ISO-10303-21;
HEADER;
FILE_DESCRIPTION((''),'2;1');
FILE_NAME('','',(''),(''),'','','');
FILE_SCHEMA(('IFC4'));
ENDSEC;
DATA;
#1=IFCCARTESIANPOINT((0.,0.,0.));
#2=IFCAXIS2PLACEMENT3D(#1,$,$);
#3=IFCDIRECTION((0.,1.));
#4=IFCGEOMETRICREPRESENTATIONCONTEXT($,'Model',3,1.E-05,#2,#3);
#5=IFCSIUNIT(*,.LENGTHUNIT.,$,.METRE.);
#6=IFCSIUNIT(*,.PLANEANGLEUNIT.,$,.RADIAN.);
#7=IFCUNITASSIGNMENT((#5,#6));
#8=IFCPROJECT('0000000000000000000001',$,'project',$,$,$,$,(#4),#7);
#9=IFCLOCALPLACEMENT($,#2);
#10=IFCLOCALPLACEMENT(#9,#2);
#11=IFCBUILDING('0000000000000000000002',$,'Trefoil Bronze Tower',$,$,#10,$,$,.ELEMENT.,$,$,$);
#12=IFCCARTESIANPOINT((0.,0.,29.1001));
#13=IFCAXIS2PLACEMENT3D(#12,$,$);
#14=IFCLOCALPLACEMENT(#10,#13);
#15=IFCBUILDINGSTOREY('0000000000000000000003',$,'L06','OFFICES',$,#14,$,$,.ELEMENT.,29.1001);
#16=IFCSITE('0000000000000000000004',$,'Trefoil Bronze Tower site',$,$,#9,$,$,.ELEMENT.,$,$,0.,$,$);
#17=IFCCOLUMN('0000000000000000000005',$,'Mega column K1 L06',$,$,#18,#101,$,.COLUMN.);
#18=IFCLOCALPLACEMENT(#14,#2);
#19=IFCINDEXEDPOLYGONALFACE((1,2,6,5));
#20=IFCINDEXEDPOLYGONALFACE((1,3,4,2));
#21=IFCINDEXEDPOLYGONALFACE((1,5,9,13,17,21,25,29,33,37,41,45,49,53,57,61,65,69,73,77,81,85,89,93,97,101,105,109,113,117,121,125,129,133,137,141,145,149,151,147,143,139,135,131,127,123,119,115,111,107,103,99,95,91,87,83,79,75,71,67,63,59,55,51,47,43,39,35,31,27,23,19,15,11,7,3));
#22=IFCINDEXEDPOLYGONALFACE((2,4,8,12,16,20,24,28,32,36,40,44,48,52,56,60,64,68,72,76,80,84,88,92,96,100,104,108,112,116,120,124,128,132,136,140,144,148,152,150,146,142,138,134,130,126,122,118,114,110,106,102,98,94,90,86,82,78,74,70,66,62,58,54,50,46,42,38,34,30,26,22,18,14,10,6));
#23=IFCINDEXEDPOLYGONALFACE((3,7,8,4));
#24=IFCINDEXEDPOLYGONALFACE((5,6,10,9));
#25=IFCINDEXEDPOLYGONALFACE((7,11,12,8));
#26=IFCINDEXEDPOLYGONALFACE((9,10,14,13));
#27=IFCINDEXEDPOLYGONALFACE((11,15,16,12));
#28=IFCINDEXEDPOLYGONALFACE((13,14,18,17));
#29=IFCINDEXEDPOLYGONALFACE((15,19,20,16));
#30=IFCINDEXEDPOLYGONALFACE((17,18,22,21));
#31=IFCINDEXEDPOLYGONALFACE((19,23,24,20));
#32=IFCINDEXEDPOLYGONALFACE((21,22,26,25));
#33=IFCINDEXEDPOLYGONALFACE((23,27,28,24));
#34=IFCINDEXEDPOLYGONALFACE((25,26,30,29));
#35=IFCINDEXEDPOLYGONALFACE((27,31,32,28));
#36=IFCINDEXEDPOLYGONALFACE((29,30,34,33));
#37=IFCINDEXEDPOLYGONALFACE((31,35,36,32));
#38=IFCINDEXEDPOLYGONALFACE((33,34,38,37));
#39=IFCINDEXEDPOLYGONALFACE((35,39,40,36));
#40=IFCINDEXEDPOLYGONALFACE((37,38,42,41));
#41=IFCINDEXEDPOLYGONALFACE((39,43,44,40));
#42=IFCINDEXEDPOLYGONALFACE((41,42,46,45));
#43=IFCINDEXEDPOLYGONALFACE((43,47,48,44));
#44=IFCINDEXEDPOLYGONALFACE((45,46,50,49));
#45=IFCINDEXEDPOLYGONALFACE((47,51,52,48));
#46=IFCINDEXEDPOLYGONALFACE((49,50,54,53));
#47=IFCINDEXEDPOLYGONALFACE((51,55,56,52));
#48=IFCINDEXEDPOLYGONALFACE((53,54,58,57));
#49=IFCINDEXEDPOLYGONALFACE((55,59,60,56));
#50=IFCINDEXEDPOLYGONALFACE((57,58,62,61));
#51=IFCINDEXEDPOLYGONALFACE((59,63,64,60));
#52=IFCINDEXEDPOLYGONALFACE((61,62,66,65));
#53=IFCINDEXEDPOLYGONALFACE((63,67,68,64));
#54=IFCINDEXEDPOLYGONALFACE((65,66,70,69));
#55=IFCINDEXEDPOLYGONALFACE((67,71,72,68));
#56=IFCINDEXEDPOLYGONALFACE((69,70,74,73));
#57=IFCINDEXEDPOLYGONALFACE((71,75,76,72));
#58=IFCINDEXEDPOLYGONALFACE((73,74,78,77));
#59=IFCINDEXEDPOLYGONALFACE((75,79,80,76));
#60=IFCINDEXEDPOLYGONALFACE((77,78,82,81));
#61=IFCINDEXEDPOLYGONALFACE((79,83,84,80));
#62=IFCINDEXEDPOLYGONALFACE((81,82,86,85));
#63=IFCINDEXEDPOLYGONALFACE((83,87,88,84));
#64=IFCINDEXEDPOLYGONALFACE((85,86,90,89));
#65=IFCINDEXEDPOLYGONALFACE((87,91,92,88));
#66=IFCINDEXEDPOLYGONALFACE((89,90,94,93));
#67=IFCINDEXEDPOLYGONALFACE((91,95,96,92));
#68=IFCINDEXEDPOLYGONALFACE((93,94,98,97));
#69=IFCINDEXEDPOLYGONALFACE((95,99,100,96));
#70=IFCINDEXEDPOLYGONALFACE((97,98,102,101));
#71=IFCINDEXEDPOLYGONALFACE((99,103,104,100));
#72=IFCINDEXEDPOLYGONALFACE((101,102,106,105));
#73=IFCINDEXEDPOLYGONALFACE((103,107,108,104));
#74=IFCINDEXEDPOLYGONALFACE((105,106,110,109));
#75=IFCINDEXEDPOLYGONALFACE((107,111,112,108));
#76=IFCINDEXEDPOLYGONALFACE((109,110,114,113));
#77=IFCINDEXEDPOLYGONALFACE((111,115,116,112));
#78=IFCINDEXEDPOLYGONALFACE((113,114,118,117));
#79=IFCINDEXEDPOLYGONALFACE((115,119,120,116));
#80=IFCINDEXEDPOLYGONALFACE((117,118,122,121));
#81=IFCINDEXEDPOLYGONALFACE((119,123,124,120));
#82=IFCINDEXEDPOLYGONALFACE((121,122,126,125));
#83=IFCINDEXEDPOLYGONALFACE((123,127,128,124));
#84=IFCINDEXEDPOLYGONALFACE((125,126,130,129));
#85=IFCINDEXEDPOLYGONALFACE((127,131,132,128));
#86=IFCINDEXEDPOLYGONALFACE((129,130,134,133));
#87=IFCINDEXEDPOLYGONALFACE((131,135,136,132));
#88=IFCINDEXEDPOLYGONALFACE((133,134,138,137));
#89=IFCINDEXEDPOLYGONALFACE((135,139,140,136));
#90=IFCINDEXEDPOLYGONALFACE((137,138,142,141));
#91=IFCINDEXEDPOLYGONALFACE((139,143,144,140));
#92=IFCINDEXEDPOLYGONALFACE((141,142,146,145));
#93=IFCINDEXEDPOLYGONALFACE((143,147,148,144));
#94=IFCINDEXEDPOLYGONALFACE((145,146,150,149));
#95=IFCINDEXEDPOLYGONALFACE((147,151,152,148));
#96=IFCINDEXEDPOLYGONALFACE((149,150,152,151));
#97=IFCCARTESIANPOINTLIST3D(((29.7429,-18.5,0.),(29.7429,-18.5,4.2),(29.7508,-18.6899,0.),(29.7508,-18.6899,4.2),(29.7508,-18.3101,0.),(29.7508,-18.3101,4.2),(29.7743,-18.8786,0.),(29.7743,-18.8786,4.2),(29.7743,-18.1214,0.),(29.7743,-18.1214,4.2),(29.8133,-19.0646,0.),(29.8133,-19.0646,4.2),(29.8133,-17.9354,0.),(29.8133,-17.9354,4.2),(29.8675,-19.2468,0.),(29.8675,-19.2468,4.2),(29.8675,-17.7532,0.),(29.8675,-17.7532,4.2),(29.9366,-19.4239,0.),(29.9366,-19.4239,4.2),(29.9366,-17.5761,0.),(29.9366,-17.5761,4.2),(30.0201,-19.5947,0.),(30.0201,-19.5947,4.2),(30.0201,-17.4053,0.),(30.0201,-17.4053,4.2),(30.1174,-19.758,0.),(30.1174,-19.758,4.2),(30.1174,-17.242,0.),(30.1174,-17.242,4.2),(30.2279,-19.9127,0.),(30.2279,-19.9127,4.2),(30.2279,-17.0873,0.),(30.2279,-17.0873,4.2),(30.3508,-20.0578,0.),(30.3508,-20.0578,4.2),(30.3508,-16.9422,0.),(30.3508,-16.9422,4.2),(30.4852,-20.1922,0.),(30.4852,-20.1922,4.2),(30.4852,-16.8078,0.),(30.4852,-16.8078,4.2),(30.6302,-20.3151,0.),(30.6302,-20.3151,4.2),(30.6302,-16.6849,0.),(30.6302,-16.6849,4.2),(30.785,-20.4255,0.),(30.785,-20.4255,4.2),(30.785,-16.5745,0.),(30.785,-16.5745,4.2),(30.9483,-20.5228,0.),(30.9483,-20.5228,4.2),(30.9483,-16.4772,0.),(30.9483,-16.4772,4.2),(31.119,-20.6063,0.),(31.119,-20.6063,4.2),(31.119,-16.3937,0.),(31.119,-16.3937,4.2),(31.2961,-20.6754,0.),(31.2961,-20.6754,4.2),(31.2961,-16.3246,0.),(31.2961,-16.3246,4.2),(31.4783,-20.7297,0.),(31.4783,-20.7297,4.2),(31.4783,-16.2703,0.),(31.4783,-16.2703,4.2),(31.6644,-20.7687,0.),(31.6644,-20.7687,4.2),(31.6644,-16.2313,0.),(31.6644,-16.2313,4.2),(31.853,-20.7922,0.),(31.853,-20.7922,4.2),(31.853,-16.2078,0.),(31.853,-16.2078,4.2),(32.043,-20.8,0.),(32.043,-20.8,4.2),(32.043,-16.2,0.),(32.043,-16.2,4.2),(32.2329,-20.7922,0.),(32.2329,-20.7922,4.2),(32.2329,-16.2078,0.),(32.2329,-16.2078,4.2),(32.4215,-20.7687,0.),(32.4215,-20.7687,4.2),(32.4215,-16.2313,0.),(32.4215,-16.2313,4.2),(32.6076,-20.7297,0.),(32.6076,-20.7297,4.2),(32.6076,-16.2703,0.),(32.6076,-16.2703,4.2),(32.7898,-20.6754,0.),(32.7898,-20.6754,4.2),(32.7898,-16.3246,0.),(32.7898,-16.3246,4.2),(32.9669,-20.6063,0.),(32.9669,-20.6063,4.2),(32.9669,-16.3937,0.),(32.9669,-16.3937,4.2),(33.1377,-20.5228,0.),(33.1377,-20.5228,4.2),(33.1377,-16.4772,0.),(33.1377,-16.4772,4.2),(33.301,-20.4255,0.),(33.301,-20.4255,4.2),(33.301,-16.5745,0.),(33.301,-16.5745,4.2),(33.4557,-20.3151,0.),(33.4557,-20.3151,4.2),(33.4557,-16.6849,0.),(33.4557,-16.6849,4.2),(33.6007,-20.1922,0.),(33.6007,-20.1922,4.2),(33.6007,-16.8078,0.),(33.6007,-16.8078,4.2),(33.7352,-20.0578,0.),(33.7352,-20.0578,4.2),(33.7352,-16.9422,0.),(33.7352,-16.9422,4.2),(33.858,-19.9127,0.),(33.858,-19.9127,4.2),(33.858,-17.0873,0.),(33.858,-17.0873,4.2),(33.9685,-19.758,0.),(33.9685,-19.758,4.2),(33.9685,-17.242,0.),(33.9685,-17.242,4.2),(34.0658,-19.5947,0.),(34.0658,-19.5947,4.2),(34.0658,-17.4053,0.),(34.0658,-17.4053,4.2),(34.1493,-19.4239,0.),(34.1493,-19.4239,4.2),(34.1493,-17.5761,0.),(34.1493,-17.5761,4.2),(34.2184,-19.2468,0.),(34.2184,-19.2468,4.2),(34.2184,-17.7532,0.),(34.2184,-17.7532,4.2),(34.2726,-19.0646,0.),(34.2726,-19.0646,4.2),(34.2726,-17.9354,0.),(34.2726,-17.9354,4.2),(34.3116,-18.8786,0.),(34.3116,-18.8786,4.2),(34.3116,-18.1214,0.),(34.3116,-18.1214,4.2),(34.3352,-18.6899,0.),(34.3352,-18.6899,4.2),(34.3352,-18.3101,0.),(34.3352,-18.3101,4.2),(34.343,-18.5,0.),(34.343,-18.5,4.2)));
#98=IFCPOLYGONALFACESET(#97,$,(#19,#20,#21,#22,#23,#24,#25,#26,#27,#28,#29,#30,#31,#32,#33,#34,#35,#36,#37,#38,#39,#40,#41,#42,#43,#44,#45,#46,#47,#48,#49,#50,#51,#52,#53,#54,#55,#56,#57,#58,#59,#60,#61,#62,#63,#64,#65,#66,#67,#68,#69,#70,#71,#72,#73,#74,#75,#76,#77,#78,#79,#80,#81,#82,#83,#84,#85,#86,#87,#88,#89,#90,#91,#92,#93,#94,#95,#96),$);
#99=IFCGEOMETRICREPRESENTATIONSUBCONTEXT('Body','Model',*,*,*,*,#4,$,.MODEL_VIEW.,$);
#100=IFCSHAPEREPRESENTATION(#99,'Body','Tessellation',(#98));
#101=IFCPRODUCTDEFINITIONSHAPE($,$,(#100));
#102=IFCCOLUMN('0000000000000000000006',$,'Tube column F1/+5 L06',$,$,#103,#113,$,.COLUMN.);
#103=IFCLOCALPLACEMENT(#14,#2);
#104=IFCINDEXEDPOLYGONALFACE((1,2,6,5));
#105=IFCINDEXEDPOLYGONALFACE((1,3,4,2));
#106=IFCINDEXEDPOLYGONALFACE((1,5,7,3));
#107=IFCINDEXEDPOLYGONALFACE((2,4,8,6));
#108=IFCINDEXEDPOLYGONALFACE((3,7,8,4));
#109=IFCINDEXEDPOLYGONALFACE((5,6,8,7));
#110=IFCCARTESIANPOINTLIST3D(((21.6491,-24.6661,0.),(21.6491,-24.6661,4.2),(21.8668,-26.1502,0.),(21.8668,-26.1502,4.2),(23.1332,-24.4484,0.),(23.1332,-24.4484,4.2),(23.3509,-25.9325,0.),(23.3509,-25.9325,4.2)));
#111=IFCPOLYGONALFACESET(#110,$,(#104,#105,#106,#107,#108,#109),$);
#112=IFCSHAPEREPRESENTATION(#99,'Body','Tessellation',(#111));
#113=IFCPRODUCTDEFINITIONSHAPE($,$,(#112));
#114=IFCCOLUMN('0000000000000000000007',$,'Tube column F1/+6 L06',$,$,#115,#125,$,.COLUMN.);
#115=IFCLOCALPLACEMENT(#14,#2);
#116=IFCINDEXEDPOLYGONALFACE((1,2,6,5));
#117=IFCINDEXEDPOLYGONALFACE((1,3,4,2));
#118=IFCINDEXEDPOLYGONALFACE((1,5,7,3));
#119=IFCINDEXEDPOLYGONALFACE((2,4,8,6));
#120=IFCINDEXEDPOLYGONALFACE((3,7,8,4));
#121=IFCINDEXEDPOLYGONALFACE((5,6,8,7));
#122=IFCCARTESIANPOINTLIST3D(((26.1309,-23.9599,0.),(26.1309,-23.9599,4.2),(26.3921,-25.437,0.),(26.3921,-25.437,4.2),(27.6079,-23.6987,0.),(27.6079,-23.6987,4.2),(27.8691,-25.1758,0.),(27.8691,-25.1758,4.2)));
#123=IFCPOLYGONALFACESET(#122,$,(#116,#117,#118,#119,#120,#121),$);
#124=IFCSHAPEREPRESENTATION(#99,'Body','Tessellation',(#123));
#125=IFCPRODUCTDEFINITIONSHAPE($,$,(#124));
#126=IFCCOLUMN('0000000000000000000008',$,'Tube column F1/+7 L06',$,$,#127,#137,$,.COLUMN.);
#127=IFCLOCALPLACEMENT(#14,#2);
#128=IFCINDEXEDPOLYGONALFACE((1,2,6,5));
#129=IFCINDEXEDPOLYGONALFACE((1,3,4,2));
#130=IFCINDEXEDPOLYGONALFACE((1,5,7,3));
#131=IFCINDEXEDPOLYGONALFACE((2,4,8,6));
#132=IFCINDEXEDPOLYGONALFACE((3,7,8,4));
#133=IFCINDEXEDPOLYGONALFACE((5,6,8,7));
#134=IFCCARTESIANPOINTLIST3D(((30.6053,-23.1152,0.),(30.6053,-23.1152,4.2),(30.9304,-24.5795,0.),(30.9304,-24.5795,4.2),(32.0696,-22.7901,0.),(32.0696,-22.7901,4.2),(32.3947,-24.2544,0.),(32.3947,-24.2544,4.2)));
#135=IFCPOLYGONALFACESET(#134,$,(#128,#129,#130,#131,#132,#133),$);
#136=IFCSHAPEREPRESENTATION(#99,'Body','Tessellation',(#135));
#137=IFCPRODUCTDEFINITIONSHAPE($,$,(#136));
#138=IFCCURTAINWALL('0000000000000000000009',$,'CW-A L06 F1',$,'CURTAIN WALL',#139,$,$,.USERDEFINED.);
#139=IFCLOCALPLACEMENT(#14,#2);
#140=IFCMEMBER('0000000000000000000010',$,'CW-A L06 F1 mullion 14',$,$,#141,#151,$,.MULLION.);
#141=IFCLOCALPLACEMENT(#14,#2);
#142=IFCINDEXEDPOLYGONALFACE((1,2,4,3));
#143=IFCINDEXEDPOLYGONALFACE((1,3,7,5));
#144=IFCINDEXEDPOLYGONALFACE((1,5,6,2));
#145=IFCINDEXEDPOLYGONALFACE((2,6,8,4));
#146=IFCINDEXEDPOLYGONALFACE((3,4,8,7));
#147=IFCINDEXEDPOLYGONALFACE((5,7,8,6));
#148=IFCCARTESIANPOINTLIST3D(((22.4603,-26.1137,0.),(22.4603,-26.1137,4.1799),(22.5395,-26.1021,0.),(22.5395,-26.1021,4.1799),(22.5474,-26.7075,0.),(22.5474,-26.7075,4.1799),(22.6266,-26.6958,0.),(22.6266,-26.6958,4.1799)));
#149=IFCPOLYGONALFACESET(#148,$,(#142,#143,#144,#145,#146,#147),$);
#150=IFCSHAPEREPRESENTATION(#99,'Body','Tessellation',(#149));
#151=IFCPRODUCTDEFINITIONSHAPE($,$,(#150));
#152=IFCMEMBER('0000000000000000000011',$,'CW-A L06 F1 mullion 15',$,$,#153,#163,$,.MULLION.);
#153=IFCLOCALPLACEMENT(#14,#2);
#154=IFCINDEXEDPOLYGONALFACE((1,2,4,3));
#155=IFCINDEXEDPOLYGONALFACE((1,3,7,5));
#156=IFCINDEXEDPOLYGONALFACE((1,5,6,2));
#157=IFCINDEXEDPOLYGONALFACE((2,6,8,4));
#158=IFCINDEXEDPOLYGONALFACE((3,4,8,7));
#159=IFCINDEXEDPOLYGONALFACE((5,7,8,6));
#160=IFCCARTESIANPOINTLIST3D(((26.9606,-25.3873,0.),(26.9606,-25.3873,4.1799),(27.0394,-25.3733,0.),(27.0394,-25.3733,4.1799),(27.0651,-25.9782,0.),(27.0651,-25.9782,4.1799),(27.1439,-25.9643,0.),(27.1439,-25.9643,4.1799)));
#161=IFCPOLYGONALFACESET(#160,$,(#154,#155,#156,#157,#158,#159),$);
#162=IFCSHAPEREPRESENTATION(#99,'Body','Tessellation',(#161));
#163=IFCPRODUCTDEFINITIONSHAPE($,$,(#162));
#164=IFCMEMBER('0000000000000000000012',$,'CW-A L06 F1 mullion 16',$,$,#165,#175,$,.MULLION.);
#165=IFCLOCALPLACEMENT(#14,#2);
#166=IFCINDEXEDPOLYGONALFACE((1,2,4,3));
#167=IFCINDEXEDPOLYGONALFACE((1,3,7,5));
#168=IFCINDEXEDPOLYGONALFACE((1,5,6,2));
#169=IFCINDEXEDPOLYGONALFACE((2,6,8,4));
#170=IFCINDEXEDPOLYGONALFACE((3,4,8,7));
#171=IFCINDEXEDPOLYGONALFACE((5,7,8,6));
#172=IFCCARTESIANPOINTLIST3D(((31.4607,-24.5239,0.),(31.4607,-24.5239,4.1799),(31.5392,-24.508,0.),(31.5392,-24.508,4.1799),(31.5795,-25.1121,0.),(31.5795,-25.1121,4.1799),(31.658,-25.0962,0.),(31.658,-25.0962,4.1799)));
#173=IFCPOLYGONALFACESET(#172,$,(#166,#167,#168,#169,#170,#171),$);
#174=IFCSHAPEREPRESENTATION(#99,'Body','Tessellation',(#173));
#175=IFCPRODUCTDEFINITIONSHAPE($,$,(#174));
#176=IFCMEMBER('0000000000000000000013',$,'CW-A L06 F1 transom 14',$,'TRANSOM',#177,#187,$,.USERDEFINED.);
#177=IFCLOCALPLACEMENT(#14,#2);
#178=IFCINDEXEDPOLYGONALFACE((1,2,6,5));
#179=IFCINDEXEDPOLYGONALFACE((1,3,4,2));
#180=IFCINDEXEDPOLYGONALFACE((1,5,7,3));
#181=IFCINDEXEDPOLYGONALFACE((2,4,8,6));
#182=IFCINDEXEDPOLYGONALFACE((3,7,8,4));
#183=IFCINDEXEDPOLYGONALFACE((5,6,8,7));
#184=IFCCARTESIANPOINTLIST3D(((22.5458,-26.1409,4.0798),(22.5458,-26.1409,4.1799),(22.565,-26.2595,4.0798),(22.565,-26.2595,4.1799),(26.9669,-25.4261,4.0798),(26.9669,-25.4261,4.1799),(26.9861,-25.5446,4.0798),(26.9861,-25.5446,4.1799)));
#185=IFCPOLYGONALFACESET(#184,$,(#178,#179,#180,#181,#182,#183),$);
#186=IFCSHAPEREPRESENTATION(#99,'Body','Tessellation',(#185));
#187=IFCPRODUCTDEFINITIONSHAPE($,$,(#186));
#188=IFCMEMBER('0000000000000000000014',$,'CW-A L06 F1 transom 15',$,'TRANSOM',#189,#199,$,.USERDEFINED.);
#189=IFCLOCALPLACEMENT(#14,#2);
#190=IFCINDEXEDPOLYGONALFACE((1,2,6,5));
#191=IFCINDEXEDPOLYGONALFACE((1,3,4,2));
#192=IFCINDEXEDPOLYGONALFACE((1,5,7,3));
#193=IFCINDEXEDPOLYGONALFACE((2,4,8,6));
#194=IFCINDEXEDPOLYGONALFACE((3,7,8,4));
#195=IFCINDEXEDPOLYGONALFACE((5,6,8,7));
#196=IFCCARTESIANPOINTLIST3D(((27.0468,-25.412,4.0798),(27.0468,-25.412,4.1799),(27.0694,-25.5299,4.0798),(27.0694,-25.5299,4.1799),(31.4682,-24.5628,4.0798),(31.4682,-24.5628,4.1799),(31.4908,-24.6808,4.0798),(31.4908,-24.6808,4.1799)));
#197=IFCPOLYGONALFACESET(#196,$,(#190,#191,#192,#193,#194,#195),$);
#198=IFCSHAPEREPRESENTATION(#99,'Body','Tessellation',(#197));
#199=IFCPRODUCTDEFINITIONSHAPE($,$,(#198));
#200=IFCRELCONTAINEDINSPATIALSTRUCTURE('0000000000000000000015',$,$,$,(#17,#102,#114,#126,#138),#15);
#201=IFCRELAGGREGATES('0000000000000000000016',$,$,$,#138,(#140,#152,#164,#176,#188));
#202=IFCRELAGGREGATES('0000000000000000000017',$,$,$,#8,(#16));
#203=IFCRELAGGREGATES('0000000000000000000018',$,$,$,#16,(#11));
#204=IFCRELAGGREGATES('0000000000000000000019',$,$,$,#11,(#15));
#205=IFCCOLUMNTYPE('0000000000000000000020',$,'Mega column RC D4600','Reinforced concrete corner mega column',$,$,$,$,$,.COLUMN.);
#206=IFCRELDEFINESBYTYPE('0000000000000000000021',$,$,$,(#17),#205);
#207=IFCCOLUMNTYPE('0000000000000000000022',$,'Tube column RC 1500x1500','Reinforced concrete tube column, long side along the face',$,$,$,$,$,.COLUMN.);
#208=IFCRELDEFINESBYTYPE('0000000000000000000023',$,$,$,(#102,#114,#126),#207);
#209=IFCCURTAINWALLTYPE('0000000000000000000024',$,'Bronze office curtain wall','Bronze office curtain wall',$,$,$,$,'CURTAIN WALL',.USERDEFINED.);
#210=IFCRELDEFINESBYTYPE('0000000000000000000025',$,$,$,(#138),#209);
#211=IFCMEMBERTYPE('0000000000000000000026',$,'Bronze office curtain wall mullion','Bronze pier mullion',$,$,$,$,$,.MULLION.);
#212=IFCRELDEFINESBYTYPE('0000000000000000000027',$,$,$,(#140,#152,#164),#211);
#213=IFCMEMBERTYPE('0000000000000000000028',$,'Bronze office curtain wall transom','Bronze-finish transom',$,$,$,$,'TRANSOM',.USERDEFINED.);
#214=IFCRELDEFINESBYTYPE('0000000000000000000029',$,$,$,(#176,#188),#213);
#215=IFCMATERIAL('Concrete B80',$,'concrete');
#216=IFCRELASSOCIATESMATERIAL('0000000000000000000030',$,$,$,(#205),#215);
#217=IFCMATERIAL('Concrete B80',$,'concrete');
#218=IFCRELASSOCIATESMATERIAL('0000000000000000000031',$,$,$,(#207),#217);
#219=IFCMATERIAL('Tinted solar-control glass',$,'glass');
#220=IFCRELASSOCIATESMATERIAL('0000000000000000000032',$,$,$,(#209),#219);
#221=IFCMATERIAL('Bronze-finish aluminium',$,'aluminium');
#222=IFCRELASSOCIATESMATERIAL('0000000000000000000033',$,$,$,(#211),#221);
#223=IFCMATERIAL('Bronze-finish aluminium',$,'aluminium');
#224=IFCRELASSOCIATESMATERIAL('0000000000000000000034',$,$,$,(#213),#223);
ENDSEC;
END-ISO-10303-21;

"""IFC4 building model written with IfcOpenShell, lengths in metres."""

from ifc_helpers import new_model, si_unit, direction, frame, origin, origin_2d, place, context, subcontext, project, spatial, rectangle, circle, extrude, material, material_profile, profile_set, type_object, element, aggregate, save


model = new_model("IFC4")

# Units and contexts
model_context = context("Model", 3, precision=1e-05, world=origin(), true_north=direction((0.0, 1.0)))
body_context = subcontext(model_context, "Body", "Model", "MODEL_VIEW")
ifc_project = project(units=[si_unit("LENGTHUNIT", "METRE"), si_unit("PLANEANGLEUNIT", "RADIAN")], contexts=[model_context])

# Site, building, storey
site_placement = place(None, origin())
site = spatial("IfcSite", under=ifc_project, at=site_placement, Name="Trefoil Bronze Tower site", CompositionType="ELEMENT", RefElevation=0.0)
building_placement = place(site_placement, origin())
building = spatial("IfcBuilding", under=site, at=building_placement, Name="Trefoil Bronze Tower", CompositionType="ELEMENT")
storey_placement = place(building_placement, frame((0.0, 0.0, 29.1001)))
storey = spatial("IfcBuildingStorey", under=building, at=storey_placement, Name="L06", Description="OFFICES", CompositionType="ELEMENT", Elevation=29.1001)

# Columns
ifc_material_1 = material(Name="Concrete B80", Category="concrete")
ifc_material_profile_1 = material_profile(ifc_material_1, circle(Radius=2.3, at=origin_2d()), Name="RC D4600")
ifc_profile_set_1 = profile_set([ifc_material_profile_1], Name="Concrete B80")
column_type_1 = type_object("IfcColumnType", Name="Mega column RC D4600", Description="Reinforced concrete corner mega column", PredefinedType="COLUMN", material=ifc_profile_set_1)
column_placement = place(storey_placement, frame((32.043, -18.5, 0.0), z_axis=(0.0, 0.0, 1.0), x_axis=(1.0, 0.0, 0.0)))
element("IfcColumn", 1, at=column_placement, inside=storey, type_object=column_type_1, Name="Mega column K1 L06", PredefinedType="COLUMN", context=body_context, shape_type="SweptSolid", body=[
    extrude(circle(Radius=2.3, at=origin_2d()), origin(), (0.0, 0.0, 1.0), 4.2),
])
ifc_material_2 = material(Name="Concrete B80", Category="concrete")
ifc_material_profile_2 = material_profile(ifc_material_2, rectangle(XDim=1.5, YDim=1.5, at=origin_2d()), Name="RC 1500x1500")
ifc_profile_set_2 = profile_set([ifc_material_profile_2], Name="Concrete B80")
column_type_2 = type_object("IfcColumnType", Name="Tube column RC 1500x1500", Description="Reinforced concrete tube column, long side along the face", PredefinedType="COLUMN", material=ifc_profile_set_2)
for number, where, z_axis, x_axis, name in (
    (2, (22.5, -25.2993, 0.0), (0.0, 0.0, 1.0), (0.989416, 0.145109, 0.0), "Tube column F1/+5 L06"),
    (3, (27.0, -24.5679, 0.0), (0.0, 0.0, 1.0), (0.984722, 0.174131, 0.0), "Tube column F1/+6 L06"),
    (4, (31.5, -23.6848, 0.0), (0.0, 0.0, 1.0), (0.97623, 0.216739, 0.0), "Tube column F1/+7 L06"),
):
    element("IfcColumn", number, at=place(storey_placement, frame(where, z_axis=z_axis, x_axis=x_axis)), inside=storey, type_object=column_type_2, Name=name, PredefinedType="COLUMN", context=body_context, shape_type="SweptSolid", body=[
        extrude(rectangle(XDim=1.5, YDim=1.5, at=origin_2d()), origin(), (0.0, 0.0, 1.0), 4.2),
    ])

# Curtain wall, members
ifc_material_3 = material(Name="Tinted solar-control glass", Category="glass")
curtain_wall_type_1 = type_object("IfcCurtainWallType", Name="Bronze office curtain wall", Description="Bronze office curtain wall", ElementType="CURTAIN WALL", PredefinedType="USERDEFINED", material=ifc_material_3)
curtain_wall_1_placement = place(storey_placement, origin())
curtain_wall_1 = element("IfcCurtainWall", 5, at=curtain_wall_1_placement, inside=storey, type_object=curtain_wall_type_1, Name="CW-A L06 F1", ObjectType="CURTAIN WALL", PredefinedType="USERDEFINED")
ifc_material_4 = material(Name="Bronze-finish aluminium", Category="aluminium")
ifc_material_profile_3 = material_profile(ifc_material_4, rectangle(XDim=0.6001, YDim=0.0801, at=origin_2d()), Name="CW-A mullion")
ifc_profile_set_3 = profile_set([ifc_material_profile_3], Name="Bronze-finish aluminium")
member_type_1 = type_object("IfcMemberType", Name="Bronze office curtain wall mullion", Description="Bronze pier mullion", PredefinedType="MULLION", material=ifc_profile_set_3)
member_1_placement = place(storey_placement, frame((22.5435, -26.4048, 0.0), z_axis=(0.0, 0.0, 1.0), x_axis=(-0.145109, 0.989416, 0.0)))
member_1 = element("IfcMember", 6, at=member_1_placement, type_object=member_type_1, Name="CW-A L06 F1 mullion 14", PredefinedType="MULLION", context=body_context, shape_type="SweptSolid", body=[
    extrude(rectangle(XDim=0.6001, YDim=0.0801, at=origin_2d()), origin(), (0.0, 0.0, 1.0), 4.1799),
])
member_2_placement = place(storey_placement, frame((27.0522, -25.6758, 0.0), z_axis=(0.0, 0.0, 1.0), x_axis=(-0.174131, 0.984722, 0.0)))
member_2 = element("IfcMember", 7, at=member_2_placement, type_object=member_type_1, Name="CW-A L06 F1 mullion 15", PredefinedType="MULLION", context=body_context, shape_type="SweptSolid", body=[
    extrude(rectangle(XDim=0.6001, YDim=0.0801, at=origin_2d()), origin(), (0.0, 0.0, 1.0), 4.1799),
])
member_3_placement = place(storey_placement, frame((31.5593, -24.8101, 0.0), z_axis=(0.0, 0.0, 1.0), x_axis=(-0.19791, 0.98022, 0.0)))
member_3 = element("IfcMember", 8, at=member_3_placement, type_object=member_type_1, Name="CW-A L06 F1 mullion 16", PredefinedType="MULLION", context=body_context, shape_type="SweptSolid", body=[
    extrude(rectangle(XDim=0.6001, YDim=0.0801, at=origin_2d()), origin(), (0.0, 0.0, 1.0), 4.1799),
])
ifc_material_5 = material(Name="Bronze-finish aluminium", Category="aluminium")
ifc_material_profile_4 = material_profile(ifc_material_5, rectangle(XDim=0.1201, YDim=0.1001, at=origin_2d()), Name="CW-A transom")
ifc_profile_set_4 = profile_set([ifc_material_profile_4], Name="Bronze-finish aluminium")
member_type_2 = type_object("IfcMemberType", Name="Bronze office curtain wall transom", Description="Bronze-finish transom", ElementType="TRANSOM", PredefinedType="USERDEFINED", material=ifc_profile_set_4)
member_4_placement = place(storey_placement, frame((22.5554, -26.2002, 4.1299), z_axis=(0.987179, 0.159615, 0.0), x_axis=(-0.159615, 0.987179, 0.0)))
member_4 = element("IfcMember", 9, at=member_4_placement, type_object=member_type_2, Name="CW-A L06 F1 transom 14", ObjectType="TRANSOM", PredefinedType="USERDEFINED", context=body_context, shape_type="SweptSolid", body=[
    extrude(rectangle(XDim=0.1201, YDim=0.1001, at=origin_2d()), origin(), (0.0, 0.0, 1.0), 4.4785),
])
member_5_placement = place(storey_placement, frame((27.0581, -25.4709, 4.1299), z_axis=(0.982054, 0.188602, 0.0), x_axis=(-0.188602, 0.982054, 0.0)))
member_5 = element("IfcMember", 10, at=member_5_placement, type_object=member_type_2, Name="CW-A L06 F1 transom 15", ObjectType="TRANSOM", PredefinedType="USERDEFINED", context=body_context, shape_type="SweptSolid", body=[
    extrude(rectangle(XDim=0.1201, YDim=0.1001, at=origin_2d()), origin(), (0.0, 0.0, 1.0), 4.5022),
])

aggregate(curtain_wall_1, [member_1, member_2, member_3, member_4, member_5])

save(model, "model.ifc")
